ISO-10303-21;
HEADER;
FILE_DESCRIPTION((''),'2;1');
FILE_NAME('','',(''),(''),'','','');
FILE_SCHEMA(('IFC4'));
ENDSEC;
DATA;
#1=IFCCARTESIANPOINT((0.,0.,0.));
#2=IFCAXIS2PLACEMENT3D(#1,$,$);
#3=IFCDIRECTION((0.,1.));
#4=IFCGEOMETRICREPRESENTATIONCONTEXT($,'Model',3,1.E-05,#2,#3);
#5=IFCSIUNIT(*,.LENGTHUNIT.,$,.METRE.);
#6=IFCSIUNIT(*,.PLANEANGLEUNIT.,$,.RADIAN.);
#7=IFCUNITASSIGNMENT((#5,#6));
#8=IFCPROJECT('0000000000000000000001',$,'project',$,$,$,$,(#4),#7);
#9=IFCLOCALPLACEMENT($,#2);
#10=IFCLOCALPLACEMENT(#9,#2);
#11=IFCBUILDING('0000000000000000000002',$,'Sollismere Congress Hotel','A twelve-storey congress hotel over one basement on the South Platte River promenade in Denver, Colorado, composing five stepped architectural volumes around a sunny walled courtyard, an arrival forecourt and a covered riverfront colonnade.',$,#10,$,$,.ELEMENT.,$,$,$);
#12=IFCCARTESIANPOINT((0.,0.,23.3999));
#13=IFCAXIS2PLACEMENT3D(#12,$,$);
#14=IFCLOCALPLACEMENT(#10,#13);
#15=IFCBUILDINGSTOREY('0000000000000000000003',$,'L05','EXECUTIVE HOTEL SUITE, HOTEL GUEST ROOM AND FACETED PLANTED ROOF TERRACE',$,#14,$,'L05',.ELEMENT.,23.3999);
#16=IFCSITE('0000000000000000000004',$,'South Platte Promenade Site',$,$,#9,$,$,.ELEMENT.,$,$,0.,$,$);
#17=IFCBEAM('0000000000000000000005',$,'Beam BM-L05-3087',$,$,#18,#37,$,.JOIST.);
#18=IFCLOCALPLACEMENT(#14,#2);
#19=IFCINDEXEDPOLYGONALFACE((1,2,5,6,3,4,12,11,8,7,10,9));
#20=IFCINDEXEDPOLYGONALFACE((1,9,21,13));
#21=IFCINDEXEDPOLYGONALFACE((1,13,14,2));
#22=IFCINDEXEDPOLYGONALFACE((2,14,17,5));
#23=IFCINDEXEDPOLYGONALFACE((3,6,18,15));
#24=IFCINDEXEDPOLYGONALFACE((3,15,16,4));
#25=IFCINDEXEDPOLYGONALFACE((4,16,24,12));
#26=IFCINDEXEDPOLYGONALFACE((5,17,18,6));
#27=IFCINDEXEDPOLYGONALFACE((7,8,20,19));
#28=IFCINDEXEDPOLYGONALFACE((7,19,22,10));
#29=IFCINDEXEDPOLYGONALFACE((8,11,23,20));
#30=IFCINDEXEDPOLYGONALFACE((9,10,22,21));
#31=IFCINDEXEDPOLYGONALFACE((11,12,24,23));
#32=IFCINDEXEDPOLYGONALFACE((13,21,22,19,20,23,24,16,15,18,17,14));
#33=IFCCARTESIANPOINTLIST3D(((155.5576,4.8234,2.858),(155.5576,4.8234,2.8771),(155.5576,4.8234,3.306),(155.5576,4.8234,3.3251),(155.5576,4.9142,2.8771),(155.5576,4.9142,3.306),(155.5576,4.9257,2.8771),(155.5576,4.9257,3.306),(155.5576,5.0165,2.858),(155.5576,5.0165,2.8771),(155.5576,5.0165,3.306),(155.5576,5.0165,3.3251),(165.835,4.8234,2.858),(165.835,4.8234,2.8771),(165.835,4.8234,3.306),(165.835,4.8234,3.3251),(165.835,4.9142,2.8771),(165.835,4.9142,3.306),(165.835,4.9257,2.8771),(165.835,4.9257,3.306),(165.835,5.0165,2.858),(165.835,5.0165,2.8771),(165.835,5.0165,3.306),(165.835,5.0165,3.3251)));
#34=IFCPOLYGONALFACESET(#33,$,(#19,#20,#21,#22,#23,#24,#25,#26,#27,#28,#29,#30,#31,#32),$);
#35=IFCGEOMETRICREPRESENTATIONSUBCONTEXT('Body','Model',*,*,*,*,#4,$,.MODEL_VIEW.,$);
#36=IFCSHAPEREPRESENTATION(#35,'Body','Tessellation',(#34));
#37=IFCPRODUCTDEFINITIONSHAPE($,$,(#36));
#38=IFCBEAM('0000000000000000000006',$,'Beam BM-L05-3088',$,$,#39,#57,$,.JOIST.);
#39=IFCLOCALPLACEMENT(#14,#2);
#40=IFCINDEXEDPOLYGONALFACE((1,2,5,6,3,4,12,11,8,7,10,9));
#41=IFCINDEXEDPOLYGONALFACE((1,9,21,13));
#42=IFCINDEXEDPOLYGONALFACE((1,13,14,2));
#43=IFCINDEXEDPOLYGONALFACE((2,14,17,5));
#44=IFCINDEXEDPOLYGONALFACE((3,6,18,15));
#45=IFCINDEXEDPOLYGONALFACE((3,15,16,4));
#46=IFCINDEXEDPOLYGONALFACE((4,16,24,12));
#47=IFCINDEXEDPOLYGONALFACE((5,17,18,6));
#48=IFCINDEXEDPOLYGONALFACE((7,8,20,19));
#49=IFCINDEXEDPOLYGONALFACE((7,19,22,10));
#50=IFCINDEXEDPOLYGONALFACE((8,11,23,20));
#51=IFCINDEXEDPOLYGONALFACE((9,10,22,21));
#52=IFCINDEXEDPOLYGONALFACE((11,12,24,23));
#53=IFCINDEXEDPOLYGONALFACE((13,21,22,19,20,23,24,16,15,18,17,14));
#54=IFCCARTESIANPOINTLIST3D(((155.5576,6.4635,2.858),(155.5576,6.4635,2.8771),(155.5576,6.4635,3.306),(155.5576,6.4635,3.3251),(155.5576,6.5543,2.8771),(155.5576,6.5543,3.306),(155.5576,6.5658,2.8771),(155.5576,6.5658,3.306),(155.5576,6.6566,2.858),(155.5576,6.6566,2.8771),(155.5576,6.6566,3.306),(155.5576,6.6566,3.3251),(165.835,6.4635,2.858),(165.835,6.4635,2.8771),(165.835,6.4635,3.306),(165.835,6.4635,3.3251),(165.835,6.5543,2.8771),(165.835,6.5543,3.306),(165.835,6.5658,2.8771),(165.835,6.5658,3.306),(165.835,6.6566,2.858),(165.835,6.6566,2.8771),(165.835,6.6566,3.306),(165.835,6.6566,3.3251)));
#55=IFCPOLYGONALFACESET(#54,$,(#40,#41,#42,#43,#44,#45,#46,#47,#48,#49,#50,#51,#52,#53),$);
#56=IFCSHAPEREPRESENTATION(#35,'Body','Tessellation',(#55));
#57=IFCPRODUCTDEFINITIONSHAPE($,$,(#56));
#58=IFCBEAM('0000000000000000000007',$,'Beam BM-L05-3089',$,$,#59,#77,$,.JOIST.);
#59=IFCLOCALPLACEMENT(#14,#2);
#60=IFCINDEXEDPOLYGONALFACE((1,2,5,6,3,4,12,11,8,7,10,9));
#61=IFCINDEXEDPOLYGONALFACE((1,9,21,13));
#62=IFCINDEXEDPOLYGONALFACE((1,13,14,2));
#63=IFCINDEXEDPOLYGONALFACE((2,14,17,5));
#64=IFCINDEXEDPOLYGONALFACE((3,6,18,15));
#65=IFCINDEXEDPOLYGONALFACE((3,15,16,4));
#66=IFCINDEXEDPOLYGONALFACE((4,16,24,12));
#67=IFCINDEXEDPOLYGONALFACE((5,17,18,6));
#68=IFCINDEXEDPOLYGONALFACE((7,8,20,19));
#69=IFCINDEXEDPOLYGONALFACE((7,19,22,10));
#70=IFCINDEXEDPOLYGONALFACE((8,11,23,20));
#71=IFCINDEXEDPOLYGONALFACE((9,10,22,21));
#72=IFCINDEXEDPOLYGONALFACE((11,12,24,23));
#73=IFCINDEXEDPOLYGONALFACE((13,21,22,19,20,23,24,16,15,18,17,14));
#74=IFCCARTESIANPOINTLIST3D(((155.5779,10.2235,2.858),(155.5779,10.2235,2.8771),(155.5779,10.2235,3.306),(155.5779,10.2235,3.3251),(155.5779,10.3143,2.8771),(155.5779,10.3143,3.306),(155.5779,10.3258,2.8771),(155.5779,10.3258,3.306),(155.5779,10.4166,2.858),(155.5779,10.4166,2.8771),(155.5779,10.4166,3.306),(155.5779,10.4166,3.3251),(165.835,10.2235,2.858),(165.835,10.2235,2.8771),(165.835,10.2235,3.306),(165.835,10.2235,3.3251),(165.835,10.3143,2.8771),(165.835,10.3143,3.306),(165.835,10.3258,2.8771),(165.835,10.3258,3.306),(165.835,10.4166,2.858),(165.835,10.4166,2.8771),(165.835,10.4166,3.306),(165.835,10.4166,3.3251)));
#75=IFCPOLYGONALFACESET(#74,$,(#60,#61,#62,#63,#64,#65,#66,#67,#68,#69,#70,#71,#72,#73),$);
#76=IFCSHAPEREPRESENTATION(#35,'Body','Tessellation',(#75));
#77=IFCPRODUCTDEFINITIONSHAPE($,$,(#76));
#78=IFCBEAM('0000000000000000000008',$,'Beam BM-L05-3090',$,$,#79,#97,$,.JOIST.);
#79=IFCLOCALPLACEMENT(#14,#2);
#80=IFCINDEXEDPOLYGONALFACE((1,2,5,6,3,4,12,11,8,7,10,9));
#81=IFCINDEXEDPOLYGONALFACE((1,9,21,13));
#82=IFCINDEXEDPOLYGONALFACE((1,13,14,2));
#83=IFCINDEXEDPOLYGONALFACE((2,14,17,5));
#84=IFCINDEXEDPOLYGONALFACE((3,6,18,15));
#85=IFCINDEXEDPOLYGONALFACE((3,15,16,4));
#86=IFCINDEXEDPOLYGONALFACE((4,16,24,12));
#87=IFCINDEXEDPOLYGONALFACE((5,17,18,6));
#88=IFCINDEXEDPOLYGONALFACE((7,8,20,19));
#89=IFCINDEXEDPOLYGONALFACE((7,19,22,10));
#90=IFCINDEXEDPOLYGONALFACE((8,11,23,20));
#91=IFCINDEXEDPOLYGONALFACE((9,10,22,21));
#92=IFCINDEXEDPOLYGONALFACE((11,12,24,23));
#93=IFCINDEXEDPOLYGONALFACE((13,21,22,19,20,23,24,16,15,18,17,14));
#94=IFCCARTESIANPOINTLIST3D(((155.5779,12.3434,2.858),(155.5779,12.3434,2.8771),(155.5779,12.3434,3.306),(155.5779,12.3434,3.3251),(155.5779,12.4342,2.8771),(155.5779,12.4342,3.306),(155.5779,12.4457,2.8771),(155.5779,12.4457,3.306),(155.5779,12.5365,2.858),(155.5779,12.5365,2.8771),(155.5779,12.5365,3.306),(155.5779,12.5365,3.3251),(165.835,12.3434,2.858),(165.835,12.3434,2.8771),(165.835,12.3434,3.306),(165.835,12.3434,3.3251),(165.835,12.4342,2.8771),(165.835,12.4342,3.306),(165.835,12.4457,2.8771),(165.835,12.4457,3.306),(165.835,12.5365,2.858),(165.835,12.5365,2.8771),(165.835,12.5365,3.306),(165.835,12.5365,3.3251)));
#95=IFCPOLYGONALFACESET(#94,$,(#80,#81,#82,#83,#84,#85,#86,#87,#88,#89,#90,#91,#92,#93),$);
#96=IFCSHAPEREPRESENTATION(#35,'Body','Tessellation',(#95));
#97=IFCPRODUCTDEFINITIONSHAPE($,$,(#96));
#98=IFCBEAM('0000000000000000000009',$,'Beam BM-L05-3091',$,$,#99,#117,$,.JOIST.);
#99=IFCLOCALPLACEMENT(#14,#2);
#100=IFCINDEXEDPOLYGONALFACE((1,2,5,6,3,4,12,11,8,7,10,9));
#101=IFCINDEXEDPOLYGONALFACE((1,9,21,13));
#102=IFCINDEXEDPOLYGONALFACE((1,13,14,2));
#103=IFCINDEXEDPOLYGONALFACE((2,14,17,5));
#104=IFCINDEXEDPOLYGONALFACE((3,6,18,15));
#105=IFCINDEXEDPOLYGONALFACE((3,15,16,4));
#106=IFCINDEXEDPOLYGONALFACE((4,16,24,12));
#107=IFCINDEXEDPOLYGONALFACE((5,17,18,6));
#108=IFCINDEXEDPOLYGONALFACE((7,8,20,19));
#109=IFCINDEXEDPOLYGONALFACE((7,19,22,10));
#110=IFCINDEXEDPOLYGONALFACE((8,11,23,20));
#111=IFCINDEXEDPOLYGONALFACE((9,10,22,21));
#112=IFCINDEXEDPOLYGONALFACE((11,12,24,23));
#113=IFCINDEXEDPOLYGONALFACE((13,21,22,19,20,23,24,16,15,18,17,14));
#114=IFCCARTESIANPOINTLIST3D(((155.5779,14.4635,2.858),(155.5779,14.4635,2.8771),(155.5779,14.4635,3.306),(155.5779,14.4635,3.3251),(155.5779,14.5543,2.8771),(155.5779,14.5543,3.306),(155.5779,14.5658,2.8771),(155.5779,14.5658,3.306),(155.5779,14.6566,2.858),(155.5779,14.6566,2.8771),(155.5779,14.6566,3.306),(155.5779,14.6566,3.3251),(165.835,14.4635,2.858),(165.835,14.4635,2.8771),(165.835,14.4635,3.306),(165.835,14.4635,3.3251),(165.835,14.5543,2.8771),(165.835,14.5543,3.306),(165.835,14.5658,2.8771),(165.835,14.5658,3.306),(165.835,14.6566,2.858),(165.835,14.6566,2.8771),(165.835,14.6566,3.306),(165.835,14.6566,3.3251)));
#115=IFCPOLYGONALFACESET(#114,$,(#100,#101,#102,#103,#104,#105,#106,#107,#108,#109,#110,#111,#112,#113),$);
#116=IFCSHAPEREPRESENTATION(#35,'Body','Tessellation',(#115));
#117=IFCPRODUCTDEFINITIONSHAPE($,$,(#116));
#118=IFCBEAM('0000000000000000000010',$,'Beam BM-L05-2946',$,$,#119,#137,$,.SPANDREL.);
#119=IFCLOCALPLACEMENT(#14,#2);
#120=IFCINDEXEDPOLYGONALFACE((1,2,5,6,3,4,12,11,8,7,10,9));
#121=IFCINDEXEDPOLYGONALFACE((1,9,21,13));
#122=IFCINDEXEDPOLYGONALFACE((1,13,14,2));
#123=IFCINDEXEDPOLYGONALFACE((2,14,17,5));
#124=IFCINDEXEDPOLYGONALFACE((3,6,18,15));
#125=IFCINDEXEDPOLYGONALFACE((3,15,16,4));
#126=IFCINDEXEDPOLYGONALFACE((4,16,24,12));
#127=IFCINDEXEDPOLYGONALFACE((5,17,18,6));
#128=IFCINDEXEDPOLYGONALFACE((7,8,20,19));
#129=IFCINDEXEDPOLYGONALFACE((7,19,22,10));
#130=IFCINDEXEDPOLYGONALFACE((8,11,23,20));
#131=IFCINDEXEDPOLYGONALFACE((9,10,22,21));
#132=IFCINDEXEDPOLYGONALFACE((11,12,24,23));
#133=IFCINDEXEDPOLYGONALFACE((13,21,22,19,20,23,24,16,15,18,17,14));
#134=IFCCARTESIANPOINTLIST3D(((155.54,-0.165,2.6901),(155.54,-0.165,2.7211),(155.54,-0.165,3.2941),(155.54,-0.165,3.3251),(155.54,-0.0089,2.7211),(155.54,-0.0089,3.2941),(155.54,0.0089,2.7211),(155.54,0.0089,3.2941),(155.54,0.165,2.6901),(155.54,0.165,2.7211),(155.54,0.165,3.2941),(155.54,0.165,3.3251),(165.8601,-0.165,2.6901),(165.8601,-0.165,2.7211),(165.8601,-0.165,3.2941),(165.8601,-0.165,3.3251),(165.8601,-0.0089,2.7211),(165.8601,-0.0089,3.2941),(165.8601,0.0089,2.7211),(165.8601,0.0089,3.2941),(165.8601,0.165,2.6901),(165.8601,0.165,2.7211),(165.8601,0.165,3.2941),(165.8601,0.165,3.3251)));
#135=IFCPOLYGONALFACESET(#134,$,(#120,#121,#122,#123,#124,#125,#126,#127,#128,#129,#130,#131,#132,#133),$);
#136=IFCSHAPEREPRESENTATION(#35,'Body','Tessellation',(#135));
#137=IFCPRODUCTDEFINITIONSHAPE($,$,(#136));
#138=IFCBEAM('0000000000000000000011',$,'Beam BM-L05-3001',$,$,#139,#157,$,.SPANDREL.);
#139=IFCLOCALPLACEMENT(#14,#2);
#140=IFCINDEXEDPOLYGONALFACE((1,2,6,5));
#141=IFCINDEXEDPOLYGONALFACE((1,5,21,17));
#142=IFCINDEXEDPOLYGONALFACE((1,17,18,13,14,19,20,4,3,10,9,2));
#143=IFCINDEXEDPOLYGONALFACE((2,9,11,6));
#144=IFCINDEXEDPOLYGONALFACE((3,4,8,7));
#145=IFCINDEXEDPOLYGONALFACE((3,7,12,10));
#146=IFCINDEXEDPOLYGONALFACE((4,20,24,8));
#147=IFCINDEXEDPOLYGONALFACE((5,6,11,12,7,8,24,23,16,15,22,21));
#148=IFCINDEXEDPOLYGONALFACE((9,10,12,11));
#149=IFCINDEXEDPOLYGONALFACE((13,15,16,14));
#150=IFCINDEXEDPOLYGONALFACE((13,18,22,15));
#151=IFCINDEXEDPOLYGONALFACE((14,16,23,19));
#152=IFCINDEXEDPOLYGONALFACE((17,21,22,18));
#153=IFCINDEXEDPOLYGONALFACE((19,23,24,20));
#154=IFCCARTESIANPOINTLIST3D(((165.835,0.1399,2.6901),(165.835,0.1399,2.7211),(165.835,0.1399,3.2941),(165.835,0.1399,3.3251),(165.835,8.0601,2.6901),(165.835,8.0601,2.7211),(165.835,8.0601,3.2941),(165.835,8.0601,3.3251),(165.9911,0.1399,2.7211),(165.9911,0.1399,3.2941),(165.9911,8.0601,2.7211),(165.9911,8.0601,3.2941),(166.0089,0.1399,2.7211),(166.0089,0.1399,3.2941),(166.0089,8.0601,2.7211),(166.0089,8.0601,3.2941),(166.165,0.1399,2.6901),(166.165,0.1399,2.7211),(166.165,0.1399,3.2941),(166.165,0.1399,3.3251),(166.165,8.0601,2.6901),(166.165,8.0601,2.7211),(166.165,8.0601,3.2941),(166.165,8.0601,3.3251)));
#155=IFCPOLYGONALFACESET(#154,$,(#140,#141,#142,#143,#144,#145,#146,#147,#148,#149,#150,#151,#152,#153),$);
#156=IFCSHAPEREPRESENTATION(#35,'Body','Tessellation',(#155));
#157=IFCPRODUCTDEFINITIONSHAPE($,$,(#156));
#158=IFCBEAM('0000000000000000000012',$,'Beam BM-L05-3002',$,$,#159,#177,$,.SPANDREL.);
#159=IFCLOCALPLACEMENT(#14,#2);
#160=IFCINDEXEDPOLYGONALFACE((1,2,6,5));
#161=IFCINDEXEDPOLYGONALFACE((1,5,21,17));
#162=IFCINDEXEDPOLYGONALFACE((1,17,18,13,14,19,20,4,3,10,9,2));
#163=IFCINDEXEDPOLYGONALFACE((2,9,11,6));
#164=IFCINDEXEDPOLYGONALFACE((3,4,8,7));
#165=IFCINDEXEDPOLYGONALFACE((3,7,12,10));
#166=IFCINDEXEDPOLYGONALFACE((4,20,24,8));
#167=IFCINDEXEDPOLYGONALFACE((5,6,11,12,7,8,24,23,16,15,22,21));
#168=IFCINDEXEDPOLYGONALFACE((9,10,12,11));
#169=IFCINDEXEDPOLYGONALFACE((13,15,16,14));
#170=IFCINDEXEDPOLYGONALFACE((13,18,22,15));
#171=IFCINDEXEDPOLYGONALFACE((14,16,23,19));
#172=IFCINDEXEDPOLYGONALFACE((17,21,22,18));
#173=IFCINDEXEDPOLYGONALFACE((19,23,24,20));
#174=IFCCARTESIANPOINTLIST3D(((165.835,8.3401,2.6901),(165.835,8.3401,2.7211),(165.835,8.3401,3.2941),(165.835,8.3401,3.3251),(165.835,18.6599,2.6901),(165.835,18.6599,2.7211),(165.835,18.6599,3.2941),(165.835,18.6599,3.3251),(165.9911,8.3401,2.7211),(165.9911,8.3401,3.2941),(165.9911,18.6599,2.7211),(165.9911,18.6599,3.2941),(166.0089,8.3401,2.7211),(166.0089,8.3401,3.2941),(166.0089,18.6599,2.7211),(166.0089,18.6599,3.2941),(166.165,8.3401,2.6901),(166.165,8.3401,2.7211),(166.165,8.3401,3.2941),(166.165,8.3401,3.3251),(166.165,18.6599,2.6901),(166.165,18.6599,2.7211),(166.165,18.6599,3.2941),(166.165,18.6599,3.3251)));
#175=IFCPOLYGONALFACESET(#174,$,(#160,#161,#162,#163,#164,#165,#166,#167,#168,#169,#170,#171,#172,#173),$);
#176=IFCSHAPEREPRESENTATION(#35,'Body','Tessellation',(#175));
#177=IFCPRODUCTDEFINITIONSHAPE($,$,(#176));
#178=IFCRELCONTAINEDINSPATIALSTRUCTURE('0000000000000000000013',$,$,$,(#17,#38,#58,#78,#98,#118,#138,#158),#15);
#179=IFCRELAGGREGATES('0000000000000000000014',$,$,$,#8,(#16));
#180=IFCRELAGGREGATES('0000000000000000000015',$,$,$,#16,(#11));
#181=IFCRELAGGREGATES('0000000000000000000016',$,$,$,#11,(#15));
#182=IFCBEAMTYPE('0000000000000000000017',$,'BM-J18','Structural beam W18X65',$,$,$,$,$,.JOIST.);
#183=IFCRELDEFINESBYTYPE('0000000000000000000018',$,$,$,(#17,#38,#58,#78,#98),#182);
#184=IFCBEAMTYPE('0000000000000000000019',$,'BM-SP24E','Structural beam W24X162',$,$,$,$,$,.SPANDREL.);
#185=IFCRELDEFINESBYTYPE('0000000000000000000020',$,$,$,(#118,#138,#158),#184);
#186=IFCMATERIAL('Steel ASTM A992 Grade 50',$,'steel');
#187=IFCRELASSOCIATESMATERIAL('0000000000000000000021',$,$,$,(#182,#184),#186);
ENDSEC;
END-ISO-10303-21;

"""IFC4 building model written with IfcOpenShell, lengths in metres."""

from ifc_helpers import new_model, si_unit, direction, frame, origin, origin_2d, place, context, subcontext, project, spatial, i_section, extrude, material, material_profile, profile_set, type_object, element, save


model = new_model("IFC4")

# Units and contexts
model_context = context("Model", 3, precision=1e-05, world=origin(), true_north=direction((0.0, 1.0)))
body_context = subcontext(model_context, "Body", "Model", "MODEL_VIEW")
ifc_project = project(units=[si_unit("LENGTHUNIT", "METRE"), si_unit("PLANEANGLEUNIT", "RADIAN")], contexts=[model_context])

# Site, building, storey
site_placement = place(None, origin())
site = spatial("IfcSite", under=ifc_project, at=site_placement, Name="South Platte Promenade Site", CompositionType="ELEMENT", RefElevation=0.0)
building_placement = place(site_placement, origin())
building = spatial("IfcBuilding", under=site, at=building_placement, Name="Sollismere Congress Hotel", Description="A twelve-storey congress hotel over one basement on the South Platte River promenade in Denver, Colorado, composing five stepped architectural volumes around a sunny walled courtyard, an arrival forecourt and a covered riverfront colonnade.", CompositionType="ELEMENT")
storey_placement = place(building_placement, frame((0.0, 0.0, 23.3999)))
storey = spatial("IfcBuildingStorey", under=building, at=storey_placement, Name="L05", Description="EXECUTIVE HOTEL SUITE, HOTEL GUEST ROOM AND FACETED PLANTED ROOF TERRACE", LongName="L05", CompositionType="ELEMENT", Elevation=23.3999)

# Shared definitions
ifc_material_1 = material(Name="Steel ASTM A992 Grade 50", Category="steel")

# Beams
ifc_material_profile_1 = material_profile(ifc_material_1, i_section(OverallWidth=0.1931, OverallDepth=0.467, WebThickness=0.0115, FlangeThickness=0.019, at=origin_2d()), Name="W18X65")
ifc_profile_set_1 = profile_set([ifc_material_profile_1], Name="Steel ASTM A992 Grade 50")
beam_type_1 = type_object("IfcBeamType", Name="BM-J18", Description="Structural beam W18X65", PredefinedType="JOIST", material=ifc_profile_set_1)
for number, where, z_axis, x_axis, name in (
    (1, (155.5576, 4.9199, 3.0916), (1.0, 0.0, 0.0), (0.0, 1.0, 0.0), "Beam BM-L05-3087"),
    (2, (155.5576, 6.5601, 3.0916), (1.0, 0.0, 0.0), (0.0, 1.0, 0.0), "Beam BM-L05-3088"),
):
    element("IfcBeam", number, at=place(storey_placement, frame(where, z_axis=z_axis, x_axis=x_axis)), inside=storey, type_object=beam_type_1, Name=name, PredefinedType="JOIST", context=body_context, shape_type="SweptSolid", body=[
        extrude(i_section(OverallWidth=0.1931, OverallDepth=0.467, WebThickness=0.0115, FlangeThickness=0.019, at=origin_2d()), origin(), (0.0, 0.0, 1.0), 10.2773),
    ])
for number, where, z_axis, x_axis, name in (
    (3, (155.5779, 10.3201, 3.0916), (1.0, 0.0, 0.0), (0.0, 1.0, 0.0), "Beam BM-L05-3089"),
    (4, (155.5779, 12.4399, 3.0916), (1.0, 0.0, 0.0), (0.0, 1.0, 0.0), "Beam BM-L05-3090"),
    (5, (155.5779, 14.5601, 3.0916), (1.0, 0.0, 0.0), (0.0, 1.0, 0.0), "Beam BM-L05-3091"),
):
    element("IfcBeam", number, at=place(storey_placement, frame(where, z_axis=z_axis, x_axis=x_axis)), inside=storey, type_object=beam_type_1, Name=name, PredefinedType="JOIST", context=body_context, shape_type="SweptSolid", body=[
        extrude(i_section(OverallWidth=0.1931, OverallDepth=0.467, WebThickness=0.0115, FlangeThickness=0.019, at=origin_2d()), origin(), (0.0, 0.0, 1.0), 10.2571),
    ])
ifc_material_profile_2 = material_profile(ifc_material_1, i_section(OverallWidth=0.3301, OverallDepth=0.635, WebThickness=0.0178, FlangeThickness=0.031, at=origin_2d()), Name="W24X162")
ifc_profile_set_2 = profile_set([ifc_material_profile_2], Name="Steel ASTM A992 Grade 50")
beam_type_2 = type_object("IfcBeamType", Name="BM-SP24E", Description="Structural beam W24X162", PredefinedType="SPANDREL", material=ifc_profile_set_2)
beam_1_placement = place(storey_placement, frame((155.54, 0.0, 3.0076), z_axis=(1.0, 0.0, 0.0), x_axis=(0.0, 1.0, 0.0)))
element("IfcBeam", 6, at=beam_1_placement, inside=storey, type_object=beam_type_2, Name="Beam BM-L05-2946", PredefinedType="SPANDREL", context=body_context, shape_type="SweptSolid", body=[
    extrude(i_section(OverallWidth=0.3301, OverallDepth=0.635, WebThickness=0.0178, FlangeThickness=0.031, at=origin_2d()), origin(), (0.0, 0.0, 1.0), 10.3201),
])
beam_2_placement = place(storey_placement, frame((166.0, 0.1399, 3.0076), z_axis=(0.0, 1.0, 0.0), x_axis=(-1.0, 0.0, 0.0)))
element("IfcBeam", 7, at=beam_2_placement, inside=storey, type_object=beam_type_2, Name="Beam BM-L05-3001", PredefinedType="SPANDREL", context=body_context, shape_type="SweptSolid", body=[
    extrude(i_section(OverallWidth=0.3301, OverallDepth=0.635, WebThickness=0.0178, FlangeThickness=0.031, at=origin_2d()), origin(), (0.0, 0.0, 1.0), 7.9202),
])
beam_3_placement = place(storey_placement, frame((166.0, 8.3401, 3.0076), z_axis=(0.0, 1.0, 0.0), x_axis=(-1.0, 0.0, 0.0)))
element("IfcBeam", 8, at=beam_3_placement, inside=storey, type_object=beam_type_2, Name="Beam BM-L05-3002", PredefinedType="SPANDREL", context=body_context, shape_type="SweptSolid", body=[
    extrude(i_section(OverallWidth=0.3301, OverallDepth=0.635, WebThickness=0.0178, FlangeThickness=0.031, at=origin_2d()), origin(), (0.0, 0.0, 1.0), 10.3198),
])

save(model, "model.ifc")
